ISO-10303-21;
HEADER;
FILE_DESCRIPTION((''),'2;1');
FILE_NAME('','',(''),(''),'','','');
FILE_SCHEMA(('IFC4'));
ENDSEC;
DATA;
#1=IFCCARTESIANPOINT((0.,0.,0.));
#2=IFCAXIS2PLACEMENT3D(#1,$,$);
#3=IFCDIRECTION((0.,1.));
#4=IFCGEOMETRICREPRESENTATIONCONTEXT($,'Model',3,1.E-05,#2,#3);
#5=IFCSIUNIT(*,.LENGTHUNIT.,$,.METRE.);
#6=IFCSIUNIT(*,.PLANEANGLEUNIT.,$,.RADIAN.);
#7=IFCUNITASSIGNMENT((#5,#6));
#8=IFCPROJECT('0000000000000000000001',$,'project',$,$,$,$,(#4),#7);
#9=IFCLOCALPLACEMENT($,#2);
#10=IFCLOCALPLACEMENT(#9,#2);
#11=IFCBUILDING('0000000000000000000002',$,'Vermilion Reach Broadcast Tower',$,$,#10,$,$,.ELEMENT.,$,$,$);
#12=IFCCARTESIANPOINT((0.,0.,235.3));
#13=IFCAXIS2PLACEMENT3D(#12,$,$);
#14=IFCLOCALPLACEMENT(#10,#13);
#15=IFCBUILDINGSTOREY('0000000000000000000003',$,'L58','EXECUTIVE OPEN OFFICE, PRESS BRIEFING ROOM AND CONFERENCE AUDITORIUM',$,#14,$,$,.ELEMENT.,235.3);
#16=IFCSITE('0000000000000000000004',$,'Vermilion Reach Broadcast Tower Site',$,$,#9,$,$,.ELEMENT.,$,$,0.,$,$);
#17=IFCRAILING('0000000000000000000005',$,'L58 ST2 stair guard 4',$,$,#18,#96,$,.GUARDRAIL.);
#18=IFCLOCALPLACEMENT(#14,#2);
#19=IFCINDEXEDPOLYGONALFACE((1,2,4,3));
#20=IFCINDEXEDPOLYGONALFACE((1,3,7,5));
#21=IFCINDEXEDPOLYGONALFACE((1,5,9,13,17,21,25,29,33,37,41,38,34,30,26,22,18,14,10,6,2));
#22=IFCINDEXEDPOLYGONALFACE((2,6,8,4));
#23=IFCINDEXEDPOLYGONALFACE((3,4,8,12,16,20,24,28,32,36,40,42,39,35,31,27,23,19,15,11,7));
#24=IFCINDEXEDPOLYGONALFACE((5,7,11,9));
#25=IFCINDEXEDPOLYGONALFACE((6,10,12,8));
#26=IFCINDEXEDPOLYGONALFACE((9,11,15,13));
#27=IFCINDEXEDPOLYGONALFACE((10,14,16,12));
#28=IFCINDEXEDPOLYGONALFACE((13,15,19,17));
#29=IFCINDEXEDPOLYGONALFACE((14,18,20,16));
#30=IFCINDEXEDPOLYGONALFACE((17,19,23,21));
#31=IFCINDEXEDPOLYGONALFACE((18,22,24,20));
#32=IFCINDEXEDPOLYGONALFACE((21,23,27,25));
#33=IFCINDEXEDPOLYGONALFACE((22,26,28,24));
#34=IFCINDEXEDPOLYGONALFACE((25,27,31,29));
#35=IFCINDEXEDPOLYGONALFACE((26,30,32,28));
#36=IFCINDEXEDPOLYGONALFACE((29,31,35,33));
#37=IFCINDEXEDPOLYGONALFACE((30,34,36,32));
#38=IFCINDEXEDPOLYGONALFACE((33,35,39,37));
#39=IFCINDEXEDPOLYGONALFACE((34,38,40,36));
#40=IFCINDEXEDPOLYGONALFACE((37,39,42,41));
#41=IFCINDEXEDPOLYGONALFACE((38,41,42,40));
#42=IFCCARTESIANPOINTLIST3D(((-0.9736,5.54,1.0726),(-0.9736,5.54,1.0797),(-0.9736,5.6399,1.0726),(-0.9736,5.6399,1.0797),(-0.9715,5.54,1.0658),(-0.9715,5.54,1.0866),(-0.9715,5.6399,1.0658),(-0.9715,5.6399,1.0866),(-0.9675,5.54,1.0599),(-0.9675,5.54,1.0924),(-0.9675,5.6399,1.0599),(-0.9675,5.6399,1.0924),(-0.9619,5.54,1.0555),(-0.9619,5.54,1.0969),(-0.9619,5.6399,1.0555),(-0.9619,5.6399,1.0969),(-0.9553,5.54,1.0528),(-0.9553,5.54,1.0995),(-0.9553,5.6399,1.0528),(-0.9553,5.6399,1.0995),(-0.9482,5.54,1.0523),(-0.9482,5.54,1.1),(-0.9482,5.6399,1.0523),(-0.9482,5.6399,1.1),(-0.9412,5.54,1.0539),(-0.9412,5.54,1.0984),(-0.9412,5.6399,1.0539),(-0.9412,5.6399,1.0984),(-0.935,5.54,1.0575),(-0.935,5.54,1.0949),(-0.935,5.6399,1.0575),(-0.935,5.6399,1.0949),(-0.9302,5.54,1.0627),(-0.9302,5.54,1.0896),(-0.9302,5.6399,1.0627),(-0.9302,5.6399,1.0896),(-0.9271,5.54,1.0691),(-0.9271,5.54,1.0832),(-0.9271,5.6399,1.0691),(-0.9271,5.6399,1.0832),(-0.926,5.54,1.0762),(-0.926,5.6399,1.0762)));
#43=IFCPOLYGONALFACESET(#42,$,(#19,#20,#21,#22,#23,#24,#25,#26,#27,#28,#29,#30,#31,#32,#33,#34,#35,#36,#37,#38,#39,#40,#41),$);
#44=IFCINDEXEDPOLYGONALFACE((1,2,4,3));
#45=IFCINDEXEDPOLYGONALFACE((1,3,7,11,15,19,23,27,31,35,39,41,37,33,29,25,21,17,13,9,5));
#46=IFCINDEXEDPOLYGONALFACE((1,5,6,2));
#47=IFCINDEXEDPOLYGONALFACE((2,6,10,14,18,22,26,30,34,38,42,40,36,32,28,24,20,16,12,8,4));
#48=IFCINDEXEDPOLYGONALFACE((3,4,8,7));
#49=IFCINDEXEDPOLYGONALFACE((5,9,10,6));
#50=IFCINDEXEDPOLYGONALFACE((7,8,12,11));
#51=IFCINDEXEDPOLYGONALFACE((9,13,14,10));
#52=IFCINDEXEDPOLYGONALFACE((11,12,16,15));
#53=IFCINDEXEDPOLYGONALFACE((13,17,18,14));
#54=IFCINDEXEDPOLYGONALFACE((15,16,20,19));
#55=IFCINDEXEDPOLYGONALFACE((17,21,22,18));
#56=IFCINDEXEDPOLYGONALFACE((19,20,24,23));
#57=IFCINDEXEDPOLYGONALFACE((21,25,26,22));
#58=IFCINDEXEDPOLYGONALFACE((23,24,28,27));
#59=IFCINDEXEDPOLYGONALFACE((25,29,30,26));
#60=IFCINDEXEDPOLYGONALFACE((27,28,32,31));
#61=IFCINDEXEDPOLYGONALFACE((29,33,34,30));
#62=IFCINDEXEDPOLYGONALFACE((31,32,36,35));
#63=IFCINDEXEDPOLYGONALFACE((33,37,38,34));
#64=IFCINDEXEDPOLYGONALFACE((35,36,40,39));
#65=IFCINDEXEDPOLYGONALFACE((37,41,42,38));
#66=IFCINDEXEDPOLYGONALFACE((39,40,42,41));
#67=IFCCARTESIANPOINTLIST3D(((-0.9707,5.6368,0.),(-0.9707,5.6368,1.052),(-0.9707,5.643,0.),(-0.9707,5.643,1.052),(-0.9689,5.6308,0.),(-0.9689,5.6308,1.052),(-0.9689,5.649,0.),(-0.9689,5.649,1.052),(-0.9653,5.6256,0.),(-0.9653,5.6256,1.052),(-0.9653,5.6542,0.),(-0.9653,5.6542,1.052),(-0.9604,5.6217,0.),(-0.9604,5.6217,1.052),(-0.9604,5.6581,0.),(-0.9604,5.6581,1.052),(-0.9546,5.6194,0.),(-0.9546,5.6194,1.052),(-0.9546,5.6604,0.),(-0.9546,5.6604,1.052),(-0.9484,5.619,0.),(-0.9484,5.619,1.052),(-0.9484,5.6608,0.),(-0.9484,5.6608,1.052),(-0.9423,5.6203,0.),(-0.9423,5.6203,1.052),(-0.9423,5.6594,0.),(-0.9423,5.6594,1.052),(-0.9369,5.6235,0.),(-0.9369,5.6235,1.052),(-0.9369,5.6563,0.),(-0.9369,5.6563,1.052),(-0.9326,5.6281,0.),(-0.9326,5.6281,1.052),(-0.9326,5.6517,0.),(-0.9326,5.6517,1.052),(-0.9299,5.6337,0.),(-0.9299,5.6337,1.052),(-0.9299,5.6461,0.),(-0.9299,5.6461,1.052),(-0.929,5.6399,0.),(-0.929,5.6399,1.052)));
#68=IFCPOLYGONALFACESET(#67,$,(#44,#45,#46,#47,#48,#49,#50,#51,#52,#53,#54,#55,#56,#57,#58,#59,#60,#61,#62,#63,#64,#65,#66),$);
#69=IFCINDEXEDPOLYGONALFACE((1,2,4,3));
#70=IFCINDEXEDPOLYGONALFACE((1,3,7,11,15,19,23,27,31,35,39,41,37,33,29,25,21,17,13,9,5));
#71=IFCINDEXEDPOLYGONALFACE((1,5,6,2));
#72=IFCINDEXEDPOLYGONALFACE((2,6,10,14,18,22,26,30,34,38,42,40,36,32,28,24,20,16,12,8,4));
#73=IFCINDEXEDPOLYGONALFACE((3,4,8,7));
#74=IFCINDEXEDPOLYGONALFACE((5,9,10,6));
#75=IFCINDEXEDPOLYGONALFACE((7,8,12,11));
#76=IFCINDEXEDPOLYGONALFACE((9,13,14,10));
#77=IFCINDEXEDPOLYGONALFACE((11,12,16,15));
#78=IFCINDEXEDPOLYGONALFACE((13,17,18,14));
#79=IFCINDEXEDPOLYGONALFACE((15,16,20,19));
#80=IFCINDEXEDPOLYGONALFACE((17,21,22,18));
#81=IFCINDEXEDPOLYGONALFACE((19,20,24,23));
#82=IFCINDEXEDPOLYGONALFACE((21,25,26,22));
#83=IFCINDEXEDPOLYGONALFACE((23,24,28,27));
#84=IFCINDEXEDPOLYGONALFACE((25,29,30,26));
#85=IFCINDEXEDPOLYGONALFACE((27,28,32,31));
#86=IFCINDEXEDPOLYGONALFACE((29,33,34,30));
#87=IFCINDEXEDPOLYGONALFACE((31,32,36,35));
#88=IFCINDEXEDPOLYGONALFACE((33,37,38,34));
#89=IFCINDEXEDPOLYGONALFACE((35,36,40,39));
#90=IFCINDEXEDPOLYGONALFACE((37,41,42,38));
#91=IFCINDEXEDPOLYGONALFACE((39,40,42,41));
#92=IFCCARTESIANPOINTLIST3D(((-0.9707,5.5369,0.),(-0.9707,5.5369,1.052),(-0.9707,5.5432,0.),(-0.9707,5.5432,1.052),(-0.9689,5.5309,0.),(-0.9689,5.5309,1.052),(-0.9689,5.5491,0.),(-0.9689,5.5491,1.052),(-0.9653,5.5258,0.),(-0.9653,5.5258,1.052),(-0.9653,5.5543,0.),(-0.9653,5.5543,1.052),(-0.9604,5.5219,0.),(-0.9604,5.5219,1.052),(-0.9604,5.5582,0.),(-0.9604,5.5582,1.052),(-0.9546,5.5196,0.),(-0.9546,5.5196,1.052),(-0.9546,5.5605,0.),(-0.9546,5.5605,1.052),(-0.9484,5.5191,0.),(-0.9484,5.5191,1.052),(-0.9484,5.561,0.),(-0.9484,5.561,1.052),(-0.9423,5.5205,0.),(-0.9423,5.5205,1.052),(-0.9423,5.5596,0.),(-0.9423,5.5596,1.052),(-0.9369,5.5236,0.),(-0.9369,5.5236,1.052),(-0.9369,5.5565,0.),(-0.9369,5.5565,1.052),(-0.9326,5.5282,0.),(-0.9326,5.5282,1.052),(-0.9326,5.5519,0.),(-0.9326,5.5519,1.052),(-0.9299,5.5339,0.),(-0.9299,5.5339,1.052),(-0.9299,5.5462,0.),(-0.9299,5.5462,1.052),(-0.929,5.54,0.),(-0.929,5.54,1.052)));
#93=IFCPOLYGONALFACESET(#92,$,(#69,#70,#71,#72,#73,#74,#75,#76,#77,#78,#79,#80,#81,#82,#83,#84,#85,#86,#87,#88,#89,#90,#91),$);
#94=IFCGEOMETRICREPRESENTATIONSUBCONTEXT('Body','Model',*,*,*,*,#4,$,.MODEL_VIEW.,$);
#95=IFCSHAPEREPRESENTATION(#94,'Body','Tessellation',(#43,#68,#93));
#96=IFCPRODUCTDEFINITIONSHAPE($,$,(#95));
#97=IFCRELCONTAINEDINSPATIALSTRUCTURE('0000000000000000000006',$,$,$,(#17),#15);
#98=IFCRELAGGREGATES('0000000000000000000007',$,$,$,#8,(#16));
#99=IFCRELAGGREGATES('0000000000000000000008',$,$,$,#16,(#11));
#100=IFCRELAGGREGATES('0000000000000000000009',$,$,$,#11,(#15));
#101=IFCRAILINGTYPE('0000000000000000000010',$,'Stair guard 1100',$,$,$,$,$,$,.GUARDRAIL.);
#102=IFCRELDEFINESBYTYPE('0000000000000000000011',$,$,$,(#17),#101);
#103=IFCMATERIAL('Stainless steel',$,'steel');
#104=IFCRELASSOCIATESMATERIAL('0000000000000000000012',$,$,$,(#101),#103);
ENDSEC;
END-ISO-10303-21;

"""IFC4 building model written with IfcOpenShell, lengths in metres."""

from ifc_helpers import new_model, si_unit, direction, frame, origin, origin_2d, place, context, subcontext, project, spatial, circle, extrude, material, type_object, element, save


model = new_model("IFC4")

# Units and contexts
model_context = context("Model", 3, precision=1e-05, world=origin(), true_north=direction((0.0, 1.0)))
body_context = subcontext(model_context, "Body", "Model", "MODEL_VIEW")
ifc_project = project(units=[si_unit("LENGTHUNIT", "METRE"), si_unit("PLANEANGLEUNIT", "RADIAN")], contexts=[model_context])

# Site, building, storey
site_placement = place(None, origin())
site = spatial("IfcSite", under=ifc_project, at=site_placement, Name="Vermilion Reach Broadcast Tower Site", CompositionType="ELEMENT", RefElevation=0.0)
building_placement = place(site_placement, origin())
building = spatial("IfcBuilding", under=site, at=building_placement, Name="Vermilion Reach Broadcast Tower", CompositionType="ELEMENT")
storey_placement = place(building_placement, frame((0.0, 0.0, 235.3)))
storey = spatial("IfcBuildingStorey", under=building, at=storey_placement, Name="L58", Description="EXECUTIVE OPEN OFFICE, PRESS BRIEFING ROOM AND CONFERENCE AUDITORIUM", CompositionType="ELEMENT", Elevation=235.3)

# Railing
ifc_material_1 = material(Name="Stainless steel", Category="steel")
railing_type_1 = type_object("IfcRailingType", Name="Stair guard 1100", PredefinedType="GUARDRAIL", material=ifc_material_1)
railing_1_placement = place(storey_placement, frame((-0.95, 5.6399, 0.0)))
element("IfcRailing", 1, at=railing_1_placement, inside=storey, type_object=railing_type_1, Name="L58 ST2 stair guard 4", PredefinedType="GUARDRAIL", context=body_context, shape_type="SweptSolid", body=[
    extrude(circle(Radius=0.0239, at=origin_2d()), frame((0.0, 0.0, 1.0762), z_axis=(0.0, -1.0, 0.0), x_axis=(1.0, 0.0, 0.0)), (0.0, 0.0, 1.0), 0.0999),
    extrude(circle(Radius=0.021, at=origin_2d()), origin(), (0.0, 0.0, 1.0), 1.052),
    extrude(circle(Radius=0.021, at=origin_2d()), frame((0.0, -0.0999, 0.0)), (0.0, 0.0, 1.0), 1.052),
])

save(model, "model.ifc")
